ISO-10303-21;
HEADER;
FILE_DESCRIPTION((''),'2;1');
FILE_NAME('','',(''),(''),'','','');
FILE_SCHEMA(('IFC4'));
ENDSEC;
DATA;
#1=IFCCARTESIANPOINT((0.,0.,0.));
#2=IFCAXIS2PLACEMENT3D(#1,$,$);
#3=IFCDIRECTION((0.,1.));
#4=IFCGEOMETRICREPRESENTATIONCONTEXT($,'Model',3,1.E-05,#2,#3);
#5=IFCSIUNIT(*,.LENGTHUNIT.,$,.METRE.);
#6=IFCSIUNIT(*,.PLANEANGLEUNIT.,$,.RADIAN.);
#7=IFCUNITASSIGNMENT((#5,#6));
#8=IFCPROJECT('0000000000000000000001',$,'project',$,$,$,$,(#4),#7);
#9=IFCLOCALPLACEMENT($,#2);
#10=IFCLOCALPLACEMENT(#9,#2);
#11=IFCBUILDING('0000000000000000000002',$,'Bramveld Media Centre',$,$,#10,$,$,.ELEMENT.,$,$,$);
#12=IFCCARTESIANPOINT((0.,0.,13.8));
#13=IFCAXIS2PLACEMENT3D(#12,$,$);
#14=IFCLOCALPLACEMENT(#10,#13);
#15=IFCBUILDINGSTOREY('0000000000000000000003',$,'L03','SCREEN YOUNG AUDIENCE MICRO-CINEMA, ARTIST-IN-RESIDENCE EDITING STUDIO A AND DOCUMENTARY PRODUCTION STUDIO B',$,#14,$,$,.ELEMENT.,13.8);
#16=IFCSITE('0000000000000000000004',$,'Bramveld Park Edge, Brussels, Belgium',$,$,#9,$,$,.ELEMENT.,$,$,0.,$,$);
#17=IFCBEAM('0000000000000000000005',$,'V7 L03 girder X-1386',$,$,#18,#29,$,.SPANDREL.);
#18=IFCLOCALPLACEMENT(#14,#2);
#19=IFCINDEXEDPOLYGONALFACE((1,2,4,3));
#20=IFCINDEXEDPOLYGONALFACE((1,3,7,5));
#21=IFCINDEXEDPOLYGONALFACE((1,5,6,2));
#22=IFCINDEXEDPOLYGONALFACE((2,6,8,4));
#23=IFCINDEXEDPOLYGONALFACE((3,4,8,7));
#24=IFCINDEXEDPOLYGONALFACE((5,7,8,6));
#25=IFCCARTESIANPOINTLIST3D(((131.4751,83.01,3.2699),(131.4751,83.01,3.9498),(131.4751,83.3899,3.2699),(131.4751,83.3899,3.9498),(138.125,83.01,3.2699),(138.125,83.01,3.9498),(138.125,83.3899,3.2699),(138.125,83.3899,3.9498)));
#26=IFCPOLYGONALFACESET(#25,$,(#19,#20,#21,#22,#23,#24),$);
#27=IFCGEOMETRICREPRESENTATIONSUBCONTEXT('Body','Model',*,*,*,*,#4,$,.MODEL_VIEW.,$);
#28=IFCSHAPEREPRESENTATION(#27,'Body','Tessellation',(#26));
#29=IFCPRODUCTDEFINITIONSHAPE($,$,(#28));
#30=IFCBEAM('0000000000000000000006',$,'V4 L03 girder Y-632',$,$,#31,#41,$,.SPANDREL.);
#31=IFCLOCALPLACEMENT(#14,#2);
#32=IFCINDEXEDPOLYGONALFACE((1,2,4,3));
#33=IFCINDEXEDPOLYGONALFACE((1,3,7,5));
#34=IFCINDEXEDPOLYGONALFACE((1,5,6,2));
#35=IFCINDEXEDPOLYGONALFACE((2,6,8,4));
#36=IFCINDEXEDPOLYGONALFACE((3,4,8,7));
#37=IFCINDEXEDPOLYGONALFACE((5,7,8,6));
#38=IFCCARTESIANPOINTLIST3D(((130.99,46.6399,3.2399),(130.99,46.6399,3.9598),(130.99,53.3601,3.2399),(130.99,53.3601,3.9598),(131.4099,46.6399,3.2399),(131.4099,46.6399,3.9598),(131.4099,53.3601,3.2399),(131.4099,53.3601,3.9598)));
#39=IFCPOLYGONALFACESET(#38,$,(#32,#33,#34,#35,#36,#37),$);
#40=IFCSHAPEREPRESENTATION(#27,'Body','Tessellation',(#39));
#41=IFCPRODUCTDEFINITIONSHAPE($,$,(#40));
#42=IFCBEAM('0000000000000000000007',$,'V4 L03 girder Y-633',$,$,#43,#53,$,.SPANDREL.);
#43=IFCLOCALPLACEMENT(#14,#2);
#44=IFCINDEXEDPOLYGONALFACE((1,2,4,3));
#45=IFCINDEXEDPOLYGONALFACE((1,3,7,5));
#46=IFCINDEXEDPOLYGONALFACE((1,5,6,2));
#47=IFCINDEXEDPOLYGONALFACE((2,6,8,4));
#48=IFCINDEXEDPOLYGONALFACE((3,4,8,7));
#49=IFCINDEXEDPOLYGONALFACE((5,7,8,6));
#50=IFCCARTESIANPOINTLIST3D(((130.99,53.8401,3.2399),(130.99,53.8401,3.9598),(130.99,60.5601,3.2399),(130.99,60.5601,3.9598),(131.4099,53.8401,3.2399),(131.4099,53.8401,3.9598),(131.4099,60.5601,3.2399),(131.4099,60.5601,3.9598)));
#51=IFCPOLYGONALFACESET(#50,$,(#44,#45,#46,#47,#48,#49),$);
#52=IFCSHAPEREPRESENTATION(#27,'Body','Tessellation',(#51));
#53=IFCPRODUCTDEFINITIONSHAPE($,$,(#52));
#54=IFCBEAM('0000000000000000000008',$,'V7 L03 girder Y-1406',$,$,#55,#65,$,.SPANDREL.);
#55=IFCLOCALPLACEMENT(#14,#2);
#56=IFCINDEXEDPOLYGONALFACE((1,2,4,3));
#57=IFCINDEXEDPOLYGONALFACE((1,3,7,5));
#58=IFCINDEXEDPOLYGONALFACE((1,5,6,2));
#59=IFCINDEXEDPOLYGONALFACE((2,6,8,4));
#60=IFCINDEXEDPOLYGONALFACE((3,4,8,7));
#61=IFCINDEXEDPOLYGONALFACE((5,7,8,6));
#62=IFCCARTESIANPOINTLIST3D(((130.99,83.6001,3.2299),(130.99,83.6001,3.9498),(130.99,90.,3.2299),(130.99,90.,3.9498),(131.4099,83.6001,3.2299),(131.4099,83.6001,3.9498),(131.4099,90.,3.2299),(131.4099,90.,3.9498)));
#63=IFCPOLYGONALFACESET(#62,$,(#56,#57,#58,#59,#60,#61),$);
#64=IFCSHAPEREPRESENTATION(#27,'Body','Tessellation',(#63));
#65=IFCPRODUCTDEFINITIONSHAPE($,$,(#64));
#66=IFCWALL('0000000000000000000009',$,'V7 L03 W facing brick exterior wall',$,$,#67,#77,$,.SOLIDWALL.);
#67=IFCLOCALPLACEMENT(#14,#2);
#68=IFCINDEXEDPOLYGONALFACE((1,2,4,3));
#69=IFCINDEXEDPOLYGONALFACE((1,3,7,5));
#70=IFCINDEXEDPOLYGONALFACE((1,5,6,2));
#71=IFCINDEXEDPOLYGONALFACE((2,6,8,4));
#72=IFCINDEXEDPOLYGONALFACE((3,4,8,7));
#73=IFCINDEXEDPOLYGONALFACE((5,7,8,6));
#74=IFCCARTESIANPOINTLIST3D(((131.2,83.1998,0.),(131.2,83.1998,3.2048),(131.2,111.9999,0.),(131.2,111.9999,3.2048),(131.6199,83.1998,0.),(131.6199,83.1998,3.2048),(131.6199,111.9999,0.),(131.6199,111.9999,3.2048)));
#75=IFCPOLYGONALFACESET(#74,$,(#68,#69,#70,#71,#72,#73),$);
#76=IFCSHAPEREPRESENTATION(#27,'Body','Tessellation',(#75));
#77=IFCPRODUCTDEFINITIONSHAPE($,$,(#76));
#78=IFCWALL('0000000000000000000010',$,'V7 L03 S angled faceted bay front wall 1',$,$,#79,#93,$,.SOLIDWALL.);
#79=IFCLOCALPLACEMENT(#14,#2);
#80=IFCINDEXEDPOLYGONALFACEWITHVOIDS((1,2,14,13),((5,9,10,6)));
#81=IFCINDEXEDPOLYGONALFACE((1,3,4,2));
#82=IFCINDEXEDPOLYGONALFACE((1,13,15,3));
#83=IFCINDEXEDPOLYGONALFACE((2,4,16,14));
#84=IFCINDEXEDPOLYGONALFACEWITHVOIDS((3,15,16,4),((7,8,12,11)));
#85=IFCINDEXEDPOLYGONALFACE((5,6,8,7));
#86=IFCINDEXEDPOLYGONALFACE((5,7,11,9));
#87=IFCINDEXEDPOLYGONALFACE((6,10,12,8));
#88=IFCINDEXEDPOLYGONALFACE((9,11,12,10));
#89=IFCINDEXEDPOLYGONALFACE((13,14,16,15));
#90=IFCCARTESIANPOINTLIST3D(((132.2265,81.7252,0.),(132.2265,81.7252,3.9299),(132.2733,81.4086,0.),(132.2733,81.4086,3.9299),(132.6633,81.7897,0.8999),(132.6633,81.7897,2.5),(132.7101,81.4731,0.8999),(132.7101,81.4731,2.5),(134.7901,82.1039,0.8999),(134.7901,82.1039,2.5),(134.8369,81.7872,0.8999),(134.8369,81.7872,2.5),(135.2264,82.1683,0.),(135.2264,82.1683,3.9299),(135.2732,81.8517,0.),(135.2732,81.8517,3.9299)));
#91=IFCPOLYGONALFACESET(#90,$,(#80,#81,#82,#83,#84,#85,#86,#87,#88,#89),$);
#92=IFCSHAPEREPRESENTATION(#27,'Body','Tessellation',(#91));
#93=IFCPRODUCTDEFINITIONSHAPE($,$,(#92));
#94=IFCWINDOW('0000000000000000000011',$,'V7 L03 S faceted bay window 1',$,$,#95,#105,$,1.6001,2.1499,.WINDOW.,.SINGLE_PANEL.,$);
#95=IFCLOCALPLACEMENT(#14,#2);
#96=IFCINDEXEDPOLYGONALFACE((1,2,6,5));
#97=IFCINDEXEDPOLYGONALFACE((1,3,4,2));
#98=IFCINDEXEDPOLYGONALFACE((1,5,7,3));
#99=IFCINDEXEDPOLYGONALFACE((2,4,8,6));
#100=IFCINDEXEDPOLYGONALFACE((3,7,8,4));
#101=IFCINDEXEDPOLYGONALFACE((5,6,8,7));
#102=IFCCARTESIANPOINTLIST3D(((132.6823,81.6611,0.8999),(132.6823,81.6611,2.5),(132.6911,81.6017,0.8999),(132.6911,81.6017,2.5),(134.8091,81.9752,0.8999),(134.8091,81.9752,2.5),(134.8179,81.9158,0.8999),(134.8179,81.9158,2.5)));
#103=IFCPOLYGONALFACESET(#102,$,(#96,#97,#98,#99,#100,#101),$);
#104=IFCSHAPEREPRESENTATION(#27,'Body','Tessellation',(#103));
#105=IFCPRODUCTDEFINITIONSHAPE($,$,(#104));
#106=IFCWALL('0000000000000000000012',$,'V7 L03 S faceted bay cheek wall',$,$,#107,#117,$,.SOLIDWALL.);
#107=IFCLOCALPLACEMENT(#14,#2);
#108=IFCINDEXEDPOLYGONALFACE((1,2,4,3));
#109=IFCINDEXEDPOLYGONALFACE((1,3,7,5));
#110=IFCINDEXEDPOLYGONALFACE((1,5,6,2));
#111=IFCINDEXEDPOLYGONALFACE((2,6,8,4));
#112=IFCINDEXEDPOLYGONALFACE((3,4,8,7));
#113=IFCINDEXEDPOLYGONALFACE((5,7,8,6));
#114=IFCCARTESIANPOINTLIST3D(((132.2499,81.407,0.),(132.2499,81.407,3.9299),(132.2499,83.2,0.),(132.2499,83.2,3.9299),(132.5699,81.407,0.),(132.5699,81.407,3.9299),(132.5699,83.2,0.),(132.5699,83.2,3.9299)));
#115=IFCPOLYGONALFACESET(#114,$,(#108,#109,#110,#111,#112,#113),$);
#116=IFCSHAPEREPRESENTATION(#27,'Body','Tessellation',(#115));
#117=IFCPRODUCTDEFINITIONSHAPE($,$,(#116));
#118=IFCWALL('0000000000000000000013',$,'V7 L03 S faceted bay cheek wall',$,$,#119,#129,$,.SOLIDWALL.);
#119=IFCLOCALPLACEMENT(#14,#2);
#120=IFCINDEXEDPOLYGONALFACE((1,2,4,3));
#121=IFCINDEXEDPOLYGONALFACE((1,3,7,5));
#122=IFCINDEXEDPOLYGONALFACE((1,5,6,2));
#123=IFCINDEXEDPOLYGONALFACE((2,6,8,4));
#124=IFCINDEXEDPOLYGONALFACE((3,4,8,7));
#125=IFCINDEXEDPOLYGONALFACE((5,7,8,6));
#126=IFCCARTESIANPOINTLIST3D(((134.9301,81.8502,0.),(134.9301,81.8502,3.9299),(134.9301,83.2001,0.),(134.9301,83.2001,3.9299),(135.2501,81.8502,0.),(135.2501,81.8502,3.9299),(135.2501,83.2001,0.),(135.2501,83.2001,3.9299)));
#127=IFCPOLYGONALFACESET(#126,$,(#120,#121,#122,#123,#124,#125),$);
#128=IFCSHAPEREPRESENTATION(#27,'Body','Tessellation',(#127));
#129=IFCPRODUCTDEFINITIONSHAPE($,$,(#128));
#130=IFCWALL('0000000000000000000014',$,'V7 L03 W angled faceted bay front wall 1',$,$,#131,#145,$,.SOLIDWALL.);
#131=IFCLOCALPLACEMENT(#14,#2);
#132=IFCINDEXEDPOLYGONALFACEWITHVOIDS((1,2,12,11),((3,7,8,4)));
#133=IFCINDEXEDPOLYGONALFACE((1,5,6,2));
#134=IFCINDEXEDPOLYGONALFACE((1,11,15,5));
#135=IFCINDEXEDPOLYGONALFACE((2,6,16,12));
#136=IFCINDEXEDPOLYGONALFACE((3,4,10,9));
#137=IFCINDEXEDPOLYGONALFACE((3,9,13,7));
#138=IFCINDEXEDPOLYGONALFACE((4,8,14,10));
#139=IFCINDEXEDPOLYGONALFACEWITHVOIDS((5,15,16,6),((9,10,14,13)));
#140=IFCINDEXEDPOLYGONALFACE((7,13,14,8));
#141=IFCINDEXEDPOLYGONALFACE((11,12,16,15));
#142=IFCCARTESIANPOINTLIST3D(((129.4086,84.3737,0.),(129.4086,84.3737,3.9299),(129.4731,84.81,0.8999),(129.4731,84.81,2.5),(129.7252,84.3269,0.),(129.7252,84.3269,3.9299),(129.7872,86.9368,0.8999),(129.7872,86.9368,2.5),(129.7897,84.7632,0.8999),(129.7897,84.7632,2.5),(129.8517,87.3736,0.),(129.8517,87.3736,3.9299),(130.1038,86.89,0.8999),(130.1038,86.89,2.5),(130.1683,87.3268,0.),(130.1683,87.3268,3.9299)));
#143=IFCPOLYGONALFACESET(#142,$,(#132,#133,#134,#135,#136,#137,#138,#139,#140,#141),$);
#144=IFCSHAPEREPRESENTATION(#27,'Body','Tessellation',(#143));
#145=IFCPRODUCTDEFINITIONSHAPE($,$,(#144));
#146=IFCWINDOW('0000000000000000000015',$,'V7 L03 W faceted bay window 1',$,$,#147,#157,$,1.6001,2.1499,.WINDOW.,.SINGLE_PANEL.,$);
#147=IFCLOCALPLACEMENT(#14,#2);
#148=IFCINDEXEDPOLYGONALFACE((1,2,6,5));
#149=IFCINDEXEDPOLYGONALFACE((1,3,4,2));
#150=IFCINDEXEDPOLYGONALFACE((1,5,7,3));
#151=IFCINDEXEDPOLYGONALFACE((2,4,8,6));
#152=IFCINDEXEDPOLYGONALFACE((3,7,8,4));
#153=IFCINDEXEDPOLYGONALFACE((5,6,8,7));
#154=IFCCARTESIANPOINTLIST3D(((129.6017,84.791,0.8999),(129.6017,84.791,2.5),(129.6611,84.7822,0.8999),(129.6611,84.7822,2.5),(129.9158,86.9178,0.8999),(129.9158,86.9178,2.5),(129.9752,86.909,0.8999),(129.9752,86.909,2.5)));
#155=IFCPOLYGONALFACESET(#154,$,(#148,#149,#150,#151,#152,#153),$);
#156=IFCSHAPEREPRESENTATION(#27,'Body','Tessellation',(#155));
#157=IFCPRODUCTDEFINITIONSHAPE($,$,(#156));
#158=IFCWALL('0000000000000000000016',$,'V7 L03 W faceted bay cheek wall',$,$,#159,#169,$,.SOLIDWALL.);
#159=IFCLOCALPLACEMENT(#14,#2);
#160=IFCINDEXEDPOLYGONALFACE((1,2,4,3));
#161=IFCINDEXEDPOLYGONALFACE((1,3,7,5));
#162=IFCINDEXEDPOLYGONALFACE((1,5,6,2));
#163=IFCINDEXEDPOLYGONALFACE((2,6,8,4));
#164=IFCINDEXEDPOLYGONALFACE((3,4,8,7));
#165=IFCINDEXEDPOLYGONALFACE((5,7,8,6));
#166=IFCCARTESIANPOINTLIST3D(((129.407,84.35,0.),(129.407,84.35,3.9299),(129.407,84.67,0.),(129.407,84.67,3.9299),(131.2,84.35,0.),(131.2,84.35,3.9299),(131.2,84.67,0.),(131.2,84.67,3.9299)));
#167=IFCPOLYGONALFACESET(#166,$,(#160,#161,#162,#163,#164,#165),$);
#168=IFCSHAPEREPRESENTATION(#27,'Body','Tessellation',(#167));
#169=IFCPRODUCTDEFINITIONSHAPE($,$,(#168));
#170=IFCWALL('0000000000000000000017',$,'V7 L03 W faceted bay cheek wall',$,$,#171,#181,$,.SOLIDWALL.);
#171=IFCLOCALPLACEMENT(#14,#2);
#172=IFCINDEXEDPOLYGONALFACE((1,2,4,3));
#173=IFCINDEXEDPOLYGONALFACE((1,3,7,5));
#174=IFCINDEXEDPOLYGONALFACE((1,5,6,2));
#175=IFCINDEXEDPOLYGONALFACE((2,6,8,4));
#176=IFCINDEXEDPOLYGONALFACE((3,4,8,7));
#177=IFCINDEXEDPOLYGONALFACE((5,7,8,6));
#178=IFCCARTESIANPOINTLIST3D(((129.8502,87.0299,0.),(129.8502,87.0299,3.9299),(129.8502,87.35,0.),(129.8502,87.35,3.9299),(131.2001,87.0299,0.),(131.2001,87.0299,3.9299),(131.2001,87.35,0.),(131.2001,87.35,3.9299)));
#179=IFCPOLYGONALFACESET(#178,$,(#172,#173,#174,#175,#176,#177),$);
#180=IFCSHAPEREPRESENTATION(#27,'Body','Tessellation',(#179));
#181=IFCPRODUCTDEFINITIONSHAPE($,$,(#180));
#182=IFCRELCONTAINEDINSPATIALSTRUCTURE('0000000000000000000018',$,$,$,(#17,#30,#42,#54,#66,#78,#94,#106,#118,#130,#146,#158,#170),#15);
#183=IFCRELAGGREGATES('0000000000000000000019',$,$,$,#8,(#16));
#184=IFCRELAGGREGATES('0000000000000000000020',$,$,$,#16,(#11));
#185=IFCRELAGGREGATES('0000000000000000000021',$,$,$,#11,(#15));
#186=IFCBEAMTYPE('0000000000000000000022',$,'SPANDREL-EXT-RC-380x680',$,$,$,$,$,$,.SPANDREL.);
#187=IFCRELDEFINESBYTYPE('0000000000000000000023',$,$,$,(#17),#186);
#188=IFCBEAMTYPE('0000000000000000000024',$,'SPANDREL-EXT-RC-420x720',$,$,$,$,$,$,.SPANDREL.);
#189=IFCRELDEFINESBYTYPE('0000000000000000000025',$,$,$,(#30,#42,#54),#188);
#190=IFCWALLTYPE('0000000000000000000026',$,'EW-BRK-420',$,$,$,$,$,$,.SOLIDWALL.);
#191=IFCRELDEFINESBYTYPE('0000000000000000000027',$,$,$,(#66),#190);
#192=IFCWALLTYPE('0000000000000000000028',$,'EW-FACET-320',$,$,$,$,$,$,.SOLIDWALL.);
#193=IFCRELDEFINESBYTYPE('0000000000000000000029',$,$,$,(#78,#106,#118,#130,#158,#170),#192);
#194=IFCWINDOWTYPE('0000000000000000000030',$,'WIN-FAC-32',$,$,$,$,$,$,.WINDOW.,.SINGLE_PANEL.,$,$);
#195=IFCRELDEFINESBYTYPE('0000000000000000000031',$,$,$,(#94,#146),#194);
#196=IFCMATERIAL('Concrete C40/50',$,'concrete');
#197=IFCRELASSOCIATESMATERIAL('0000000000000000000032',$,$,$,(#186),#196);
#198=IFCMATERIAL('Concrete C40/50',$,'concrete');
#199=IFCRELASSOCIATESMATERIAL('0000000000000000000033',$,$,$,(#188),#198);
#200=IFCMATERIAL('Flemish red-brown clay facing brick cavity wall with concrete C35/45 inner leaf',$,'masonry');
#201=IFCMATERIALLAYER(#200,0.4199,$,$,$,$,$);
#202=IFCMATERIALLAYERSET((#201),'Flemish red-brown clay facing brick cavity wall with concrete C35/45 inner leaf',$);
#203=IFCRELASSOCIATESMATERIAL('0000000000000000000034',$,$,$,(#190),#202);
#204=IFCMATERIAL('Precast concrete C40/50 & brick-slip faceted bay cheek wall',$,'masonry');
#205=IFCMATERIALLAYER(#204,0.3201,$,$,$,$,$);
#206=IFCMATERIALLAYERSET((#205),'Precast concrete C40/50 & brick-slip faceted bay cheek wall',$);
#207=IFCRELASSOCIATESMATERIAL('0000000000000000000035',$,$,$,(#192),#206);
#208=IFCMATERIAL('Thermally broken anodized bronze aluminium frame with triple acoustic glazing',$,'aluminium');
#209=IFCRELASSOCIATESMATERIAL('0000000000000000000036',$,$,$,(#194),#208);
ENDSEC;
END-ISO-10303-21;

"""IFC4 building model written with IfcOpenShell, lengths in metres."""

from ifc_helpers import new_model, si_unit, direction, frame, frame_2d, origin, origin_2d, place, context, subcontext, project, spatial, rectangle, extrude, material, layer, layer_set, material_profile, profile_set, type_object, element, fill, save


model = new_model("IFC4")

# Units and contexts
model_context = context("Model", 3, precision=1e-05, world=origin(), true_north=direction((0.0, 1.0)))
body_context = subcontext(model_context, "Body", "Model", "MODEL_VIEW")
ifc_project = project(units=[si_unit("LENGTHUNIT", "METRE"), si_unit("PLANEANGLEUNIT", "RADIAN")], contexts=[model_context])

# Site, building, storey
site_placement = place(None, origin())
site = spatial("IfcSite", under=ifc_project, at=site_placement, Name="Bramveld Park Edge, Brussels, Belgium", CompositionType="ELEMENT", RefElevation=0.0)
building_placement = place(site_placement, origin())
building = spatial("IfcBuilding", under=site, at=building_placement, Name="Bramveld Media Centre", CompositionType="ELEMENT")
storey_placement = place(building_placement, frame((0.0, 0.0, 13.8)))
storey = spatial("IfcBuildingStorey", under=building, at=storey_placement, Name="L03", Description="SCREEN YOUNG AUDIENCE MICRO-CINEMA, ARTIST-IN-RESIDENCE EDITING STUDIO A AND DOCUMENTARY PRODUCTION STUDIO B", CompositionType="ELEMENT", Elevation=13.8)

# Beams
ifc_material_1 = material(Name="Concrete C40/50", Category="concrete")
ifc_material_profile_1 = material_profile(ifc_material_1, rectangle(XDim=0.3799, YDim=0.6799, at=origin_2d()), Name="RC 380x680")
ifc_profile_set_1 = profile_set([ifc_material_profile_1], Name="Concrete C40/50")
beam_type_1 = type_object("IfcBeamType", Name="SPANDREL-EXT-RC-380x680", PredefinedType="SPANDREL", material=ifc_profile_set_1)
beam_1_placement = place(storey_placement, frame((131.4751, 83.2, 3.6099), z_axis=(1.0, 0.0, 0.0), x_axis=(0.0, 1.0, 0.0)))
element("IfcBeam", 1, at=beam_1_placement, inside=storey, type_object=beam_type_1, Name="V7 L03 girder X-1386", PredefinedType="SPANDREL", context=body_context, shape_type="SweptSolid", body=[
    extrude(rectangle(XDim=0.3799, YDim=0.6799, at=origin_2d()), origin(), (0.0, 0.0, 1.0), 6.6499),
])
ifc_material_2 = material(Name="Concrete C40/50", Category="concrete")
ifc_material_profile_2 = material_profile(ifc_material_2, rectangle(XDim=0.4199, YDim=0.72, at=origin_2d()), Name="RC 420x720")
ifc_profile_set_2 = profile_set([ifc_material_profile_2], Name="Concrete C40/50")
beam_type_2 = type_object("IfcBeamType", Name="SPANDREL-EXT-RC-420x720", PredefinedType="SPANDREL", material=ifc_profile_set_2)
beam_2_placement = place(storey_placement, frame((131.2, 46.6399, 3.5999), z_axis=(0.0, 1.0, 0.0), x_axis=(-1.0, 0.0, 0.0)))
element("IfcBeam", 2, at=beam_2_placement, inside=storey, type_object=beam_type_2, Name="V4 L03 girder Y-632", PredefinedType="SPANDREL", context=body_context, shape_type="SweptSolid", body=[
    extrude(rectangle(XDim=0.4199, YDim=0.72, at=origin_2d()), origin(), (0.0, 0.0, 1.0), 6.7202),
])
beam_3_placement = place(storey_placement, frame((131.2, 53.8401, 3.5999), z_axis=(0.0, 1.0, 0.0), x_axis=(-1.0, 0.0, 0.0)))
element("IfcBeam", 3, at=beam_3_placement, inside=storey, type_object=beam_type_2, Name="V4 L03 girder Y-633", PredefinedType="SPANDREL", context=body_context, shape_type="SweptSolid", body=[
    extrude(rectangle(XDim=0.4199, YDim=0.72, at=origin_2d()), origin(), (0.0, 0.0, 1.0), 6.72),
])
beam_4_placement = place(storey_placement, frame((131.2, 83.6001, 3.5898), z_axis=(0.0, 1.0, 0.0), x_axis=(-1.0, 0.0, 0.0)))
element("IfcBeam", 4, at=beam_4_placement, inside=storey, type_object=beam_type_2, Name="V7 L03 girder Y-1406", PredefinedType="SPANDREL", context=body_context, shape_type="SweptSolid", body=[
    extrude(rectangle(XDim=0.4199, YDim=0.72, at=origin_2d()), origin(), (0.0, 0.0, 1.0), 6.3999),
])

# Shared definitions
ifc_material_3 = material(Name="Flemish red-brown clay facing brick cavity wall with concrete C35/45 inner leaf", Category="masonry")
ifc_layer_1 = layer(ifc_material_3, 0.4199)
ifc_layer_set_1 = layer_set([ifc_layer_1], Name="Flemish red-brown clay facing brick cavity wall with concrete C35/45 inner leaf")
wall_type_1 = type_object("IfcWallType", Name="EW-BRK-420", PredefinedType="SOLIDWALL", material=ifc_layer_set_1)

# Wall
wall_1_placement = place(storey_placement, frame((131.4099, 83.2, 0.0), z_axis=(0.0, 0.0, 1.0), x_axis=(0.0, 1.0, 0.0)))
element("IfcWall", 5, at=wall_1_placement, inside=storey, type_object=wall_type_1, Name="V7 L03 W facing brick exterior wall", PredefinedType="SOLIDWALL", context=body_context, shape_type="SweptSolid", body=[
    extrude(rectangle(XDim=28.8, YDim=0.4199, at=frame_2d((14.3999, 0.0))), origin(), (0.0, 0.0, 1.0), 3.2048),
])

# Wall, opening, window
ifc_material_4 = material(Name="Precast concrete C40/50 & brick-slip faceted bay cheek wall", Category="masonry")
ifc_layer_2 = layer(ifc_material_4, 0.3201)
ifc_layer_set_2 = layer_set([ifc_layer_2], Name="Precast concrete C40/50 & brick-slip faceted bay cheek wall")
wall_type_2 = type_object("IfcWallType", Name="EW-FACET-320", PredefinedType="SOLIDWALL", material=ifc_layer_set_2)
wall_2_placement = place(storey_placement, frame((132.25, 81.5669, 0.0), z_axis=(0.0, 0.0, 1.0), x_axis=(0.989267, 0.14612, 0.0)))
wall_2 = element("IfcWall", 6, at=wall_2_placement, inside=storey, type_object=wall_type_2, Name="V7 L03 S angled faceted bay front wall 1", PredefinedType="SOLIDWALL", context=body_context, shape_type="SweptSolid", body=[
    extrude(rectangle(XDim=3.0325, YDim=0.3201, at=frame_2d((1.5161, 0.0))), origin(), (0.0, 0.0, 1.0), 3.9299),
])
opening_1_placement = place(wall_2_placement, frame((0.4414, 0.0, 0.8999)))
opening_1 = element("IfcOpeningElement", 7, at=opening_1_placement, cuts=wall_2, PredefinedType="OPENING", context=body_context, shape_type="SweptSolid", body=[
    extrude(rectangle(XDim=2.1499, YDim=1.6001, at=frame_2d((1.075, 0.8))), frame((0.0, 0.1719, 0.0), z_axis=(0.0, -1.0, 0.0), x_axis=(1.0, 0.0, 0.0)), (0.0, 0.0, 1.0), 0.344),
])
ifc_material_5 = material(Name="Thermally broken anodized bronze aluminium frame with triple acoustic glazing", Category="aluminium")
window_type_1 = type_object("IfcWindowType", Name="WIN-FAC-32", PartitioningType="SINGLE_PANEL", PredefinedType="WINDOW", material=ifc_material_5)
window_1_placement = place(opening_1_placement, origin())
window_1 = element("IfcWindow", 8, at=window_1_placement, inside=storey, type_object=window_type_1, Name="V7 L03 S faceted bay window 1", OverallHeight=1.6001, OverallWidth=2.1499, PartitioningType="SINGLE_PANEL", PredefinedType="WINDOW", context=body_context, shape_type="SweptSolid", body=[
    extrude(rectangle(XDim=2.1499, YDim=1.6001, at=frame_2d((1.075, 0.8))), frame((0.0, 0.03, 0.0), z_axis=(0.0, -1.0, 0.0), x_axis=(1.0, 0.0, 0.0)), (0.0, 0.0, 1.0), 0.0601),
])
fill(opening_1, window_1)

# Walls
wall_3_placement = place(storey_placement, frame((132.4099, 83.2, 0.0), z_axis=(0.0, 0.0, 1.0), x_axis=(0.0, -1.0, 0.0)))
element("IfcWall", 9, at=wall_3_placement, inside=storey, type_object=wall_type_2, Name="V7 L03 S faceted bay cheek wall", PredefinedType="SOLIDWALL", context=body_context, shape_type="SweptSolid", body=[
    extrude(rectangle(XDim=1.793, YDim=0.3201, at=frame_2d((0.8965, 0.0))), origin(), (0.0, 0.0, 1.0), 3.9299),
])
wall_4_placement = place(storey_placement, frame((135.0901, 83.2, 0.0), z_axis=(0.0, 0.0, 1.0), x_axis=(0.0, -1.0, 0.0)))
element("IfcWall", 10, at=wall_4_placement, inside=storey, type_object=wall_type_2, Name="V7 L03 S faceted bay cheek wall", PredefinedType="SOLIDWALL", context=body_context, shape_type="SweptSolid", body=[
    extrude(rectangle(XDim=1.3499, YDim=0.3201, at=frame_2d((0.6748, 0.0))), origin(), (0.0, 0.0, 1.0), 3.9299),
])

# Wall, opening, window
wall_5_placement = place(storey_placement, frame((130.01, 87.3501, 0.0), z_axis=(0.0, 0.0, 1.0), x_axis=(-0.14612, -0.989267, 0.0)))
wall_5 = element("IfcWall", 11, at=wall_5_placement, inside=storey, type_object=wall_type_2, Name="V7 L03 W angled faceted bay front wall 1", PredefinedType="SOLIDWALL", context=body_context, shape_type="SweptSolid", body=[
    extrude(rectangle(XDim=3.0325, YDim=0.3201, at=frame_2d((1.5161, 0.0))), origin(), (0.0, 0.0, 1.0), 3.9299),
])
opening_2_placement = place(wall_5_placement, frame((0.4414, 0.0, 0.8999)))
opening_2 = element("IfcOpeningElement", 12, at=opening_2_placement, cuts=wall_5, PredefinedType="OPENING", context=body_context, shape_type="SweptSolid", body=[
    extrude(rectangle(XDim=2.1499, YDim=1.6001, at=frame_2d((1.075, 0.8))), frame((0.0, 0.1719, 0.0), z_axis=(0.0, -1.0, 0.0), x_axis=(1.0, 0.0, 0.0)), (0.0, 0.0, 1.0), 0.344),
])
window_2_placement = place(opening_2_placement, origin())
window_2 = element("IfcWindow", 13, at=window_2_placement, inside=storey, type_object=window_type_1, Name="V7 L03 W faceted bay window 1", OverallHeight=1.6001, OverallWidth=2.1499, PartitioningType="SINGLE_PANEL", PredefinedType="WINDOW", context=body_context, shape_type="SweptSolid", body=[
    extrude(rectangle(XDim=2.1499, YDim=1.6001, at=frame_2d((1.075, 0.8))), frame((0.0, 0.03, 0.0), z_axis=(0.0, -1.0, 0.0), x_axis=(1.0, 0.0, 0.0)), (0.0, 0.0, 1.0), 0.0601),
])
fill(opening_2, window_2)

# Walls
wall_6_placement = place(storey_placement, frame((131.2, 84.51, 0.0), z_axis=(0.0, 0.0, 1.0), x_axis=(-1.0, 0.0, 0.0)))
element("IfcWall", 14, at=wall_6_placement, inside=storey, type_object=wall_type_2, Name="V7 L03 W faceted bay cheek wall", PredefinedType="SOLIDWALL", context=body_context, shape_type="SweptSolid", body=[
    extrude(rectangle(XDim=1.793, YDim=0.3201, at=frame_2d((0.8965, 0.0))), origin(), (0.0, 0.0, 1.0), 3.9299),
])
wall_7_placement = place(storey_placement, frame((131.2, 87.1899, 0.0), z_axis=(0.0, 0.0, 1.0), x_axis=(-1.0, 0.0, 0.0)))
element("IfcWall", 15, at=wall_7_placement, inside=storey, type_object=wall_type_2, Name="V7 L03 W faceted bay cheek wall", PredefinedType="SOLIDWALL", context=body_context, shape_type="SweptSolid", body=[
    extrude(rectangle(XDim=1.3499, YDim=0.3201, at=frame_2d((0.6748, 0.0))), origin(), (0.0, 0.0, 1.0), 3.9299),
])

save(model, "model.ifc")
